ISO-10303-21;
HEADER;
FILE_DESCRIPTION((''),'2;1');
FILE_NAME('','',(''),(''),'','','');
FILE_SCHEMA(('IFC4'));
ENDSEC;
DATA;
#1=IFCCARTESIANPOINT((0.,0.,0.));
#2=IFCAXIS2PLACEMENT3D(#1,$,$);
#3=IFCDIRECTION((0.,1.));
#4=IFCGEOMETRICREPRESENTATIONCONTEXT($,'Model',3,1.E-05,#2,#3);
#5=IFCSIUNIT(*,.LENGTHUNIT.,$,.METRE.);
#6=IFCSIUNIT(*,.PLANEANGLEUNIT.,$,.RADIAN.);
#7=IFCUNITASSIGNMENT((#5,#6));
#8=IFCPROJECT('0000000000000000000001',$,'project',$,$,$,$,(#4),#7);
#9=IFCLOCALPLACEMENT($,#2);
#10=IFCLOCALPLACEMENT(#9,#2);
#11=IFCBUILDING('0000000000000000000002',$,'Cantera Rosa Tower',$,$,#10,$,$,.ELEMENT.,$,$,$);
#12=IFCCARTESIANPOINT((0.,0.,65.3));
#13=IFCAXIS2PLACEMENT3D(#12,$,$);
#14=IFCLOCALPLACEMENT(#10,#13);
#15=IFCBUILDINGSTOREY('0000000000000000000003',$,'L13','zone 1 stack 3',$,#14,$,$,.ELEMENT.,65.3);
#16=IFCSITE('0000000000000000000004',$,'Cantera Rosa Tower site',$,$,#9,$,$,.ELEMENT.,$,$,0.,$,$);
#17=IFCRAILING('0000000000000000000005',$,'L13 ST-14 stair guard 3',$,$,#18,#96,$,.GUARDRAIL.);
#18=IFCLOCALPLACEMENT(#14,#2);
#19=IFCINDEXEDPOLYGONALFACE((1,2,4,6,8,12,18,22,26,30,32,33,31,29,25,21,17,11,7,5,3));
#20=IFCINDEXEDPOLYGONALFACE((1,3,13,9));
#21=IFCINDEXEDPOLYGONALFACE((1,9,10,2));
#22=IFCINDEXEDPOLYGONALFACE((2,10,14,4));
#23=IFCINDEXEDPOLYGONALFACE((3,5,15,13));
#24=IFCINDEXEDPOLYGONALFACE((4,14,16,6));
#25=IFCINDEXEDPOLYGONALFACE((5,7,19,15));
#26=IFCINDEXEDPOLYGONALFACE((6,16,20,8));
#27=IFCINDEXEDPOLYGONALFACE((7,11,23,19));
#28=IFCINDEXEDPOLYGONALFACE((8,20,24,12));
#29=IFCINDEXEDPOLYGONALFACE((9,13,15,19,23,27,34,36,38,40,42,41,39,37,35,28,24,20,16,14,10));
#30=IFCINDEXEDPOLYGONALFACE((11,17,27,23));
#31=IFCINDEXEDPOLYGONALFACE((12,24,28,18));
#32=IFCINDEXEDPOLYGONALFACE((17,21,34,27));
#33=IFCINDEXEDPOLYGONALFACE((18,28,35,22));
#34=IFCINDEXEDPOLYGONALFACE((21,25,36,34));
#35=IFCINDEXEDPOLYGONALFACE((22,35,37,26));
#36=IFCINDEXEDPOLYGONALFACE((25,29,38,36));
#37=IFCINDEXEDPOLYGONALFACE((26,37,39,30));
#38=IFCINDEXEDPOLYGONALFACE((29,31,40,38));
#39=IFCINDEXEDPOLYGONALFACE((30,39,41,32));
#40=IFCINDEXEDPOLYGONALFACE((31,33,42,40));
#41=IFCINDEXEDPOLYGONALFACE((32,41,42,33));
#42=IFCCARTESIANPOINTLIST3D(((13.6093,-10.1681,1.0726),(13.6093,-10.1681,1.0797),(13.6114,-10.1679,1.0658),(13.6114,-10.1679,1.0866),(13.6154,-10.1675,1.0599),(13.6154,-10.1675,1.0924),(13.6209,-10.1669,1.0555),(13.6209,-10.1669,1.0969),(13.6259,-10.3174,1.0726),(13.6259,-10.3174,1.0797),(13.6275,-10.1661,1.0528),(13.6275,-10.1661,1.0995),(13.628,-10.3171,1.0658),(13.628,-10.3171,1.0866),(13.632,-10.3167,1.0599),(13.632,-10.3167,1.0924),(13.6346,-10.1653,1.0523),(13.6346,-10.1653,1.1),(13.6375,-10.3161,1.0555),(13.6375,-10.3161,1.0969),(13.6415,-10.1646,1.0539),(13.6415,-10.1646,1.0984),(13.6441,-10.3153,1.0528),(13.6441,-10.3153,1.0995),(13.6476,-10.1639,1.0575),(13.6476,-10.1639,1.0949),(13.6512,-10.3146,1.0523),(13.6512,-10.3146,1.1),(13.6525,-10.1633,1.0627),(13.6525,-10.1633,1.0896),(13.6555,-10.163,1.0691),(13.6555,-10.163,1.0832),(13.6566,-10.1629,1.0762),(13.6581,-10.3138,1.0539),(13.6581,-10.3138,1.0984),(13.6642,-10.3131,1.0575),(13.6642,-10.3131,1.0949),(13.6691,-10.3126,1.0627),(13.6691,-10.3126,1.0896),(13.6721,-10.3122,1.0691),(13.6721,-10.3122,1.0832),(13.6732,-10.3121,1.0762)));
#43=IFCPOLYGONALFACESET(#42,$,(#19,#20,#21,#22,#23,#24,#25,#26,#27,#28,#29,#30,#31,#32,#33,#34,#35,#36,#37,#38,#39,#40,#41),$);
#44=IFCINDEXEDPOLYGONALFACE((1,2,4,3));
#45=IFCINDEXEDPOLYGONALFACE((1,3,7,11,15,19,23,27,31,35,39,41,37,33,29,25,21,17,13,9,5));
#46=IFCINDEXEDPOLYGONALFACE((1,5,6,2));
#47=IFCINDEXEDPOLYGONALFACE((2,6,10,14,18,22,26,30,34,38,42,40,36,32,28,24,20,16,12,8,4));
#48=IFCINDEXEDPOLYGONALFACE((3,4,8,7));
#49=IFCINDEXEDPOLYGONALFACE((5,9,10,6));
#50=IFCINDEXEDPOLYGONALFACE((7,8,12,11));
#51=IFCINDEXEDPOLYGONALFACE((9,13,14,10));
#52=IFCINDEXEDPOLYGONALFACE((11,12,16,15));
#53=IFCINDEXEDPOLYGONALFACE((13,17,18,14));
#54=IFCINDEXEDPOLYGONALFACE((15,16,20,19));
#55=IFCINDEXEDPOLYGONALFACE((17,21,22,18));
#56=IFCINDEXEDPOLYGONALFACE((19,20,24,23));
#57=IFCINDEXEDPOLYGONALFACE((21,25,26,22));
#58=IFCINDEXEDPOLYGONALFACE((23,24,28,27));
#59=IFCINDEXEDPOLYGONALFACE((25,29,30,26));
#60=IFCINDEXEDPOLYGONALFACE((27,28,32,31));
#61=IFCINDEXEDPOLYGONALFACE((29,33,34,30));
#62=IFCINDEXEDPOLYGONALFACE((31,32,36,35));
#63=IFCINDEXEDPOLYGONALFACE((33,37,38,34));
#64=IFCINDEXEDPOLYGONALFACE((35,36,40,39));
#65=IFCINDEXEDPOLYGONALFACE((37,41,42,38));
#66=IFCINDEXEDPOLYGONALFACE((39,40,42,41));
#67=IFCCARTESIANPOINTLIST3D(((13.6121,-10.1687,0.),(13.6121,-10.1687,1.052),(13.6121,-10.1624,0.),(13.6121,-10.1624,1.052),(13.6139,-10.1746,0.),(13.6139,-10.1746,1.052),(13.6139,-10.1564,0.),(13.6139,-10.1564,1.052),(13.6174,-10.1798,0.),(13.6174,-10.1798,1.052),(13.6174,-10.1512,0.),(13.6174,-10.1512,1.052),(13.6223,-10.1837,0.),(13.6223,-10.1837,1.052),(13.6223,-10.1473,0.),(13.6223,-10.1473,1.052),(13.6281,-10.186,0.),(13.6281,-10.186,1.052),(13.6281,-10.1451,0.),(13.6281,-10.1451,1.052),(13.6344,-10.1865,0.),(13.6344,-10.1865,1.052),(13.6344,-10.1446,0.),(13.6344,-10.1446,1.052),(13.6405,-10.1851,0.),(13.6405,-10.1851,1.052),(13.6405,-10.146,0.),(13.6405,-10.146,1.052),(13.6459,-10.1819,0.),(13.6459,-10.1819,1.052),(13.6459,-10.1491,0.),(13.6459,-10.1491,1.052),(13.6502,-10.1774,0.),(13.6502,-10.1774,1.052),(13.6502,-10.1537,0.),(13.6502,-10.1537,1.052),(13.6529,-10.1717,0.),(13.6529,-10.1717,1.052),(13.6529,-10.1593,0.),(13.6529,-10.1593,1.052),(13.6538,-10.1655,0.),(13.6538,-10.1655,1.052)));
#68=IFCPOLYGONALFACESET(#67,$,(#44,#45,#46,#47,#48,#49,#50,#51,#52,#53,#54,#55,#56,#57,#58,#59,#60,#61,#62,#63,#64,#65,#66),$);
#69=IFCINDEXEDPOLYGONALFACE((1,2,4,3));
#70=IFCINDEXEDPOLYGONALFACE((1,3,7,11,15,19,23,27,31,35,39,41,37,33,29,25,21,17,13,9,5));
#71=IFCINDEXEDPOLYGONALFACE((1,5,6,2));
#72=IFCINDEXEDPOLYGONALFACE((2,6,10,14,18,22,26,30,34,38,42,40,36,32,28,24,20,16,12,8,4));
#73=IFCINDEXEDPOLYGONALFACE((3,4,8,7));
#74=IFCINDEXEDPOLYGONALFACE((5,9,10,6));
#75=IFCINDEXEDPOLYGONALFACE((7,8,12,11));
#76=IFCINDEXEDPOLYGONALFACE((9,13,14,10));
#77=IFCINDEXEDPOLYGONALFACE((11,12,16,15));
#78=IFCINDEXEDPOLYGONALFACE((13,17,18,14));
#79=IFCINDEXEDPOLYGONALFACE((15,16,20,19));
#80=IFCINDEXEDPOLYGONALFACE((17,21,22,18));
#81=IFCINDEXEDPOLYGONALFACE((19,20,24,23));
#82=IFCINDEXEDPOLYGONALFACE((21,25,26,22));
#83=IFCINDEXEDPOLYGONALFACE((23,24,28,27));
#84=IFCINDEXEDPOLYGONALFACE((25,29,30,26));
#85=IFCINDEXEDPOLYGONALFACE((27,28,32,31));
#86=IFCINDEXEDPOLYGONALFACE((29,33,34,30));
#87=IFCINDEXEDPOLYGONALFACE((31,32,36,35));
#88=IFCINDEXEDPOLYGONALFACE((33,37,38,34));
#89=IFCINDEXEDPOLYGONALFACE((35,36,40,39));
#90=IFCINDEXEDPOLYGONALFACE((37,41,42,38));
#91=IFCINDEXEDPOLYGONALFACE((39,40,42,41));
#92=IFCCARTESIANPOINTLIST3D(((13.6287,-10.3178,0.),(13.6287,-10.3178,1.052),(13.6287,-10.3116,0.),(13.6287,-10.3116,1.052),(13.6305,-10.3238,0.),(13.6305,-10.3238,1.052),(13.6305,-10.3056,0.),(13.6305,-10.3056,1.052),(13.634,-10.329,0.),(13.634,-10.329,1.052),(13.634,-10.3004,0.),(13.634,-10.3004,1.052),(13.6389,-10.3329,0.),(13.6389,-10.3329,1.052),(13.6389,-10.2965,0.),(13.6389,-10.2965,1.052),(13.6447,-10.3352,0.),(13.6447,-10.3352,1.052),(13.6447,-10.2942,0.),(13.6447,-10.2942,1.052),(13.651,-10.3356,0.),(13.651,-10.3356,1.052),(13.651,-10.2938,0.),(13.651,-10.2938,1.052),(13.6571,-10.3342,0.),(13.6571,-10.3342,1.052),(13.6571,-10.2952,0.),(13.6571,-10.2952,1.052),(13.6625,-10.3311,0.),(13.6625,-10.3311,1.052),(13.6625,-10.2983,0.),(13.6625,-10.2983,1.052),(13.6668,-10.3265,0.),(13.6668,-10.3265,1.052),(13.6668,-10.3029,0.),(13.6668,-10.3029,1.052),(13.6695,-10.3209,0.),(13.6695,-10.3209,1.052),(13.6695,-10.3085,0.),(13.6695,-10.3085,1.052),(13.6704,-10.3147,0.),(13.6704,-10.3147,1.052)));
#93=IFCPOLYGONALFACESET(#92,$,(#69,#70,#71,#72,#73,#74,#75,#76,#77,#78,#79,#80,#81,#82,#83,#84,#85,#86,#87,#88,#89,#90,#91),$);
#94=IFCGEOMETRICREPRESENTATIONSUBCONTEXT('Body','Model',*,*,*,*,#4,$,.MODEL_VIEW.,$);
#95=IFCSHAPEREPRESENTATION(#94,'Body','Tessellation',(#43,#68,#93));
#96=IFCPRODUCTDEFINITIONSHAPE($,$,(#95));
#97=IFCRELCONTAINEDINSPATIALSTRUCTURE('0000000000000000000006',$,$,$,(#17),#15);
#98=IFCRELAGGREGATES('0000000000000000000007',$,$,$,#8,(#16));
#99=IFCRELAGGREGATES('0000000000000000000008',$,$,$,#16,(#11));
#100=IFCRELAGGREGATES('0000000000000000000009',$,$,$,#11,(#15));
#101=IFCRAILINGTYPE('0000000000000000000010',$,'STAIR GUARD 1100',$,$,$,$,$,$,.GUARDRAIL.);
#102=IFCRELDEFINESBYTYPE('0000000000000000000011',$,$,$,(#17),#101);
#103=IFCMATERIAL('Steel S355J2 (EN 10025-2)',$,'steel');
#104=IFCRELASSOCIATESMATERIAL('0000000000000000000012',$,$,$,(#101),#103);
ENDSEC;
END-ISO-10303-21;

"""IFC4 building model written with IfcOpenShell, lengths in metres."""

from ifc_helpers import new_model, si_unit, direction, frame, origin, origin_2d, place, context, subcontext, project, spatial, circle, extrude, material, type_object, element, save


model = new_model("IFC4")

# Units and contexts
model_context = context("Model", 3, precision=1e-05, world=origin(), true_north=direction((0.0, 1.0)))
body_context = subcontext(model_context, "Body", "Model", "MODEL_VIEW")
ifc_project = project(units=[si_unit("LENGTHUNIT", "METRE"), si_unit("PLANEANGLEUNIT", "RADIAN")], contexts=[model_context])

# Site, building, storey
site_placement = place(None, origin())
site = spatial("IfcSite", under=ifc_project, at=site_placement, Name="Cantera Rosa Tower site", CompositionType="ELEMENT", RefElevation=0.0)
building_placement = place(site_placement, origin())
building = spatial("IfcBuilding", under=site, at=building_placement, Name="Cantera Rosa Tower", CompositionType="ELEMENT")
storey_placement = place(building_placement, frame((0.0, 0.0, 65.3)))
storey = spatial("IfcBuildingStorey", under=building, at=storey_placement, Name="L13", Description="zone 1 stack 3", CompositionType="ELEMENT", Elevation=65.3)

# Railing
ifc_material_1 = material(Name="Steel S355J2 (EN 10025-2)", Category="steel")
railing_type_1 = type_object("IfcRailingType", Name="STAIR GUARD 1100", PredefinedType="GUARDRAIL", material=ifc_material_1)
railing_1_placement = place(storey_placement, frame((13.6328, -10.1655, 0.0)))
element("IfcRailing", 1, at=railing_1_placement, inside=storey, type_object=railing_type_1, Name="L13 ST-14 stair guard 3", PredefinedType="GUARDRAIL", context=body_context, shape_type="SweptSolid", body=[
    extrude(circle(Radius=0.0239, at=origin_2d()), frame((0.0, 0.0, 1.0762), z_axis=(0.11061, -0.993864, 0.0), x_axis=(0.993864, 0.11061, 0.0)), (0.0, 0.0, 1.0), 0.1501),
    extrude(circle(Radius=0.021, at=origin_2d()), origin(), (0.0, 0.0, 1.0), 1.052),
    extrude(circle(Radius=0.021, at=origin_2d()), frame((0.0166, -0.1492, 0.0)), (0.0, 0.0, 1.0), 1.052),
])

save(model, "model.ifc")
